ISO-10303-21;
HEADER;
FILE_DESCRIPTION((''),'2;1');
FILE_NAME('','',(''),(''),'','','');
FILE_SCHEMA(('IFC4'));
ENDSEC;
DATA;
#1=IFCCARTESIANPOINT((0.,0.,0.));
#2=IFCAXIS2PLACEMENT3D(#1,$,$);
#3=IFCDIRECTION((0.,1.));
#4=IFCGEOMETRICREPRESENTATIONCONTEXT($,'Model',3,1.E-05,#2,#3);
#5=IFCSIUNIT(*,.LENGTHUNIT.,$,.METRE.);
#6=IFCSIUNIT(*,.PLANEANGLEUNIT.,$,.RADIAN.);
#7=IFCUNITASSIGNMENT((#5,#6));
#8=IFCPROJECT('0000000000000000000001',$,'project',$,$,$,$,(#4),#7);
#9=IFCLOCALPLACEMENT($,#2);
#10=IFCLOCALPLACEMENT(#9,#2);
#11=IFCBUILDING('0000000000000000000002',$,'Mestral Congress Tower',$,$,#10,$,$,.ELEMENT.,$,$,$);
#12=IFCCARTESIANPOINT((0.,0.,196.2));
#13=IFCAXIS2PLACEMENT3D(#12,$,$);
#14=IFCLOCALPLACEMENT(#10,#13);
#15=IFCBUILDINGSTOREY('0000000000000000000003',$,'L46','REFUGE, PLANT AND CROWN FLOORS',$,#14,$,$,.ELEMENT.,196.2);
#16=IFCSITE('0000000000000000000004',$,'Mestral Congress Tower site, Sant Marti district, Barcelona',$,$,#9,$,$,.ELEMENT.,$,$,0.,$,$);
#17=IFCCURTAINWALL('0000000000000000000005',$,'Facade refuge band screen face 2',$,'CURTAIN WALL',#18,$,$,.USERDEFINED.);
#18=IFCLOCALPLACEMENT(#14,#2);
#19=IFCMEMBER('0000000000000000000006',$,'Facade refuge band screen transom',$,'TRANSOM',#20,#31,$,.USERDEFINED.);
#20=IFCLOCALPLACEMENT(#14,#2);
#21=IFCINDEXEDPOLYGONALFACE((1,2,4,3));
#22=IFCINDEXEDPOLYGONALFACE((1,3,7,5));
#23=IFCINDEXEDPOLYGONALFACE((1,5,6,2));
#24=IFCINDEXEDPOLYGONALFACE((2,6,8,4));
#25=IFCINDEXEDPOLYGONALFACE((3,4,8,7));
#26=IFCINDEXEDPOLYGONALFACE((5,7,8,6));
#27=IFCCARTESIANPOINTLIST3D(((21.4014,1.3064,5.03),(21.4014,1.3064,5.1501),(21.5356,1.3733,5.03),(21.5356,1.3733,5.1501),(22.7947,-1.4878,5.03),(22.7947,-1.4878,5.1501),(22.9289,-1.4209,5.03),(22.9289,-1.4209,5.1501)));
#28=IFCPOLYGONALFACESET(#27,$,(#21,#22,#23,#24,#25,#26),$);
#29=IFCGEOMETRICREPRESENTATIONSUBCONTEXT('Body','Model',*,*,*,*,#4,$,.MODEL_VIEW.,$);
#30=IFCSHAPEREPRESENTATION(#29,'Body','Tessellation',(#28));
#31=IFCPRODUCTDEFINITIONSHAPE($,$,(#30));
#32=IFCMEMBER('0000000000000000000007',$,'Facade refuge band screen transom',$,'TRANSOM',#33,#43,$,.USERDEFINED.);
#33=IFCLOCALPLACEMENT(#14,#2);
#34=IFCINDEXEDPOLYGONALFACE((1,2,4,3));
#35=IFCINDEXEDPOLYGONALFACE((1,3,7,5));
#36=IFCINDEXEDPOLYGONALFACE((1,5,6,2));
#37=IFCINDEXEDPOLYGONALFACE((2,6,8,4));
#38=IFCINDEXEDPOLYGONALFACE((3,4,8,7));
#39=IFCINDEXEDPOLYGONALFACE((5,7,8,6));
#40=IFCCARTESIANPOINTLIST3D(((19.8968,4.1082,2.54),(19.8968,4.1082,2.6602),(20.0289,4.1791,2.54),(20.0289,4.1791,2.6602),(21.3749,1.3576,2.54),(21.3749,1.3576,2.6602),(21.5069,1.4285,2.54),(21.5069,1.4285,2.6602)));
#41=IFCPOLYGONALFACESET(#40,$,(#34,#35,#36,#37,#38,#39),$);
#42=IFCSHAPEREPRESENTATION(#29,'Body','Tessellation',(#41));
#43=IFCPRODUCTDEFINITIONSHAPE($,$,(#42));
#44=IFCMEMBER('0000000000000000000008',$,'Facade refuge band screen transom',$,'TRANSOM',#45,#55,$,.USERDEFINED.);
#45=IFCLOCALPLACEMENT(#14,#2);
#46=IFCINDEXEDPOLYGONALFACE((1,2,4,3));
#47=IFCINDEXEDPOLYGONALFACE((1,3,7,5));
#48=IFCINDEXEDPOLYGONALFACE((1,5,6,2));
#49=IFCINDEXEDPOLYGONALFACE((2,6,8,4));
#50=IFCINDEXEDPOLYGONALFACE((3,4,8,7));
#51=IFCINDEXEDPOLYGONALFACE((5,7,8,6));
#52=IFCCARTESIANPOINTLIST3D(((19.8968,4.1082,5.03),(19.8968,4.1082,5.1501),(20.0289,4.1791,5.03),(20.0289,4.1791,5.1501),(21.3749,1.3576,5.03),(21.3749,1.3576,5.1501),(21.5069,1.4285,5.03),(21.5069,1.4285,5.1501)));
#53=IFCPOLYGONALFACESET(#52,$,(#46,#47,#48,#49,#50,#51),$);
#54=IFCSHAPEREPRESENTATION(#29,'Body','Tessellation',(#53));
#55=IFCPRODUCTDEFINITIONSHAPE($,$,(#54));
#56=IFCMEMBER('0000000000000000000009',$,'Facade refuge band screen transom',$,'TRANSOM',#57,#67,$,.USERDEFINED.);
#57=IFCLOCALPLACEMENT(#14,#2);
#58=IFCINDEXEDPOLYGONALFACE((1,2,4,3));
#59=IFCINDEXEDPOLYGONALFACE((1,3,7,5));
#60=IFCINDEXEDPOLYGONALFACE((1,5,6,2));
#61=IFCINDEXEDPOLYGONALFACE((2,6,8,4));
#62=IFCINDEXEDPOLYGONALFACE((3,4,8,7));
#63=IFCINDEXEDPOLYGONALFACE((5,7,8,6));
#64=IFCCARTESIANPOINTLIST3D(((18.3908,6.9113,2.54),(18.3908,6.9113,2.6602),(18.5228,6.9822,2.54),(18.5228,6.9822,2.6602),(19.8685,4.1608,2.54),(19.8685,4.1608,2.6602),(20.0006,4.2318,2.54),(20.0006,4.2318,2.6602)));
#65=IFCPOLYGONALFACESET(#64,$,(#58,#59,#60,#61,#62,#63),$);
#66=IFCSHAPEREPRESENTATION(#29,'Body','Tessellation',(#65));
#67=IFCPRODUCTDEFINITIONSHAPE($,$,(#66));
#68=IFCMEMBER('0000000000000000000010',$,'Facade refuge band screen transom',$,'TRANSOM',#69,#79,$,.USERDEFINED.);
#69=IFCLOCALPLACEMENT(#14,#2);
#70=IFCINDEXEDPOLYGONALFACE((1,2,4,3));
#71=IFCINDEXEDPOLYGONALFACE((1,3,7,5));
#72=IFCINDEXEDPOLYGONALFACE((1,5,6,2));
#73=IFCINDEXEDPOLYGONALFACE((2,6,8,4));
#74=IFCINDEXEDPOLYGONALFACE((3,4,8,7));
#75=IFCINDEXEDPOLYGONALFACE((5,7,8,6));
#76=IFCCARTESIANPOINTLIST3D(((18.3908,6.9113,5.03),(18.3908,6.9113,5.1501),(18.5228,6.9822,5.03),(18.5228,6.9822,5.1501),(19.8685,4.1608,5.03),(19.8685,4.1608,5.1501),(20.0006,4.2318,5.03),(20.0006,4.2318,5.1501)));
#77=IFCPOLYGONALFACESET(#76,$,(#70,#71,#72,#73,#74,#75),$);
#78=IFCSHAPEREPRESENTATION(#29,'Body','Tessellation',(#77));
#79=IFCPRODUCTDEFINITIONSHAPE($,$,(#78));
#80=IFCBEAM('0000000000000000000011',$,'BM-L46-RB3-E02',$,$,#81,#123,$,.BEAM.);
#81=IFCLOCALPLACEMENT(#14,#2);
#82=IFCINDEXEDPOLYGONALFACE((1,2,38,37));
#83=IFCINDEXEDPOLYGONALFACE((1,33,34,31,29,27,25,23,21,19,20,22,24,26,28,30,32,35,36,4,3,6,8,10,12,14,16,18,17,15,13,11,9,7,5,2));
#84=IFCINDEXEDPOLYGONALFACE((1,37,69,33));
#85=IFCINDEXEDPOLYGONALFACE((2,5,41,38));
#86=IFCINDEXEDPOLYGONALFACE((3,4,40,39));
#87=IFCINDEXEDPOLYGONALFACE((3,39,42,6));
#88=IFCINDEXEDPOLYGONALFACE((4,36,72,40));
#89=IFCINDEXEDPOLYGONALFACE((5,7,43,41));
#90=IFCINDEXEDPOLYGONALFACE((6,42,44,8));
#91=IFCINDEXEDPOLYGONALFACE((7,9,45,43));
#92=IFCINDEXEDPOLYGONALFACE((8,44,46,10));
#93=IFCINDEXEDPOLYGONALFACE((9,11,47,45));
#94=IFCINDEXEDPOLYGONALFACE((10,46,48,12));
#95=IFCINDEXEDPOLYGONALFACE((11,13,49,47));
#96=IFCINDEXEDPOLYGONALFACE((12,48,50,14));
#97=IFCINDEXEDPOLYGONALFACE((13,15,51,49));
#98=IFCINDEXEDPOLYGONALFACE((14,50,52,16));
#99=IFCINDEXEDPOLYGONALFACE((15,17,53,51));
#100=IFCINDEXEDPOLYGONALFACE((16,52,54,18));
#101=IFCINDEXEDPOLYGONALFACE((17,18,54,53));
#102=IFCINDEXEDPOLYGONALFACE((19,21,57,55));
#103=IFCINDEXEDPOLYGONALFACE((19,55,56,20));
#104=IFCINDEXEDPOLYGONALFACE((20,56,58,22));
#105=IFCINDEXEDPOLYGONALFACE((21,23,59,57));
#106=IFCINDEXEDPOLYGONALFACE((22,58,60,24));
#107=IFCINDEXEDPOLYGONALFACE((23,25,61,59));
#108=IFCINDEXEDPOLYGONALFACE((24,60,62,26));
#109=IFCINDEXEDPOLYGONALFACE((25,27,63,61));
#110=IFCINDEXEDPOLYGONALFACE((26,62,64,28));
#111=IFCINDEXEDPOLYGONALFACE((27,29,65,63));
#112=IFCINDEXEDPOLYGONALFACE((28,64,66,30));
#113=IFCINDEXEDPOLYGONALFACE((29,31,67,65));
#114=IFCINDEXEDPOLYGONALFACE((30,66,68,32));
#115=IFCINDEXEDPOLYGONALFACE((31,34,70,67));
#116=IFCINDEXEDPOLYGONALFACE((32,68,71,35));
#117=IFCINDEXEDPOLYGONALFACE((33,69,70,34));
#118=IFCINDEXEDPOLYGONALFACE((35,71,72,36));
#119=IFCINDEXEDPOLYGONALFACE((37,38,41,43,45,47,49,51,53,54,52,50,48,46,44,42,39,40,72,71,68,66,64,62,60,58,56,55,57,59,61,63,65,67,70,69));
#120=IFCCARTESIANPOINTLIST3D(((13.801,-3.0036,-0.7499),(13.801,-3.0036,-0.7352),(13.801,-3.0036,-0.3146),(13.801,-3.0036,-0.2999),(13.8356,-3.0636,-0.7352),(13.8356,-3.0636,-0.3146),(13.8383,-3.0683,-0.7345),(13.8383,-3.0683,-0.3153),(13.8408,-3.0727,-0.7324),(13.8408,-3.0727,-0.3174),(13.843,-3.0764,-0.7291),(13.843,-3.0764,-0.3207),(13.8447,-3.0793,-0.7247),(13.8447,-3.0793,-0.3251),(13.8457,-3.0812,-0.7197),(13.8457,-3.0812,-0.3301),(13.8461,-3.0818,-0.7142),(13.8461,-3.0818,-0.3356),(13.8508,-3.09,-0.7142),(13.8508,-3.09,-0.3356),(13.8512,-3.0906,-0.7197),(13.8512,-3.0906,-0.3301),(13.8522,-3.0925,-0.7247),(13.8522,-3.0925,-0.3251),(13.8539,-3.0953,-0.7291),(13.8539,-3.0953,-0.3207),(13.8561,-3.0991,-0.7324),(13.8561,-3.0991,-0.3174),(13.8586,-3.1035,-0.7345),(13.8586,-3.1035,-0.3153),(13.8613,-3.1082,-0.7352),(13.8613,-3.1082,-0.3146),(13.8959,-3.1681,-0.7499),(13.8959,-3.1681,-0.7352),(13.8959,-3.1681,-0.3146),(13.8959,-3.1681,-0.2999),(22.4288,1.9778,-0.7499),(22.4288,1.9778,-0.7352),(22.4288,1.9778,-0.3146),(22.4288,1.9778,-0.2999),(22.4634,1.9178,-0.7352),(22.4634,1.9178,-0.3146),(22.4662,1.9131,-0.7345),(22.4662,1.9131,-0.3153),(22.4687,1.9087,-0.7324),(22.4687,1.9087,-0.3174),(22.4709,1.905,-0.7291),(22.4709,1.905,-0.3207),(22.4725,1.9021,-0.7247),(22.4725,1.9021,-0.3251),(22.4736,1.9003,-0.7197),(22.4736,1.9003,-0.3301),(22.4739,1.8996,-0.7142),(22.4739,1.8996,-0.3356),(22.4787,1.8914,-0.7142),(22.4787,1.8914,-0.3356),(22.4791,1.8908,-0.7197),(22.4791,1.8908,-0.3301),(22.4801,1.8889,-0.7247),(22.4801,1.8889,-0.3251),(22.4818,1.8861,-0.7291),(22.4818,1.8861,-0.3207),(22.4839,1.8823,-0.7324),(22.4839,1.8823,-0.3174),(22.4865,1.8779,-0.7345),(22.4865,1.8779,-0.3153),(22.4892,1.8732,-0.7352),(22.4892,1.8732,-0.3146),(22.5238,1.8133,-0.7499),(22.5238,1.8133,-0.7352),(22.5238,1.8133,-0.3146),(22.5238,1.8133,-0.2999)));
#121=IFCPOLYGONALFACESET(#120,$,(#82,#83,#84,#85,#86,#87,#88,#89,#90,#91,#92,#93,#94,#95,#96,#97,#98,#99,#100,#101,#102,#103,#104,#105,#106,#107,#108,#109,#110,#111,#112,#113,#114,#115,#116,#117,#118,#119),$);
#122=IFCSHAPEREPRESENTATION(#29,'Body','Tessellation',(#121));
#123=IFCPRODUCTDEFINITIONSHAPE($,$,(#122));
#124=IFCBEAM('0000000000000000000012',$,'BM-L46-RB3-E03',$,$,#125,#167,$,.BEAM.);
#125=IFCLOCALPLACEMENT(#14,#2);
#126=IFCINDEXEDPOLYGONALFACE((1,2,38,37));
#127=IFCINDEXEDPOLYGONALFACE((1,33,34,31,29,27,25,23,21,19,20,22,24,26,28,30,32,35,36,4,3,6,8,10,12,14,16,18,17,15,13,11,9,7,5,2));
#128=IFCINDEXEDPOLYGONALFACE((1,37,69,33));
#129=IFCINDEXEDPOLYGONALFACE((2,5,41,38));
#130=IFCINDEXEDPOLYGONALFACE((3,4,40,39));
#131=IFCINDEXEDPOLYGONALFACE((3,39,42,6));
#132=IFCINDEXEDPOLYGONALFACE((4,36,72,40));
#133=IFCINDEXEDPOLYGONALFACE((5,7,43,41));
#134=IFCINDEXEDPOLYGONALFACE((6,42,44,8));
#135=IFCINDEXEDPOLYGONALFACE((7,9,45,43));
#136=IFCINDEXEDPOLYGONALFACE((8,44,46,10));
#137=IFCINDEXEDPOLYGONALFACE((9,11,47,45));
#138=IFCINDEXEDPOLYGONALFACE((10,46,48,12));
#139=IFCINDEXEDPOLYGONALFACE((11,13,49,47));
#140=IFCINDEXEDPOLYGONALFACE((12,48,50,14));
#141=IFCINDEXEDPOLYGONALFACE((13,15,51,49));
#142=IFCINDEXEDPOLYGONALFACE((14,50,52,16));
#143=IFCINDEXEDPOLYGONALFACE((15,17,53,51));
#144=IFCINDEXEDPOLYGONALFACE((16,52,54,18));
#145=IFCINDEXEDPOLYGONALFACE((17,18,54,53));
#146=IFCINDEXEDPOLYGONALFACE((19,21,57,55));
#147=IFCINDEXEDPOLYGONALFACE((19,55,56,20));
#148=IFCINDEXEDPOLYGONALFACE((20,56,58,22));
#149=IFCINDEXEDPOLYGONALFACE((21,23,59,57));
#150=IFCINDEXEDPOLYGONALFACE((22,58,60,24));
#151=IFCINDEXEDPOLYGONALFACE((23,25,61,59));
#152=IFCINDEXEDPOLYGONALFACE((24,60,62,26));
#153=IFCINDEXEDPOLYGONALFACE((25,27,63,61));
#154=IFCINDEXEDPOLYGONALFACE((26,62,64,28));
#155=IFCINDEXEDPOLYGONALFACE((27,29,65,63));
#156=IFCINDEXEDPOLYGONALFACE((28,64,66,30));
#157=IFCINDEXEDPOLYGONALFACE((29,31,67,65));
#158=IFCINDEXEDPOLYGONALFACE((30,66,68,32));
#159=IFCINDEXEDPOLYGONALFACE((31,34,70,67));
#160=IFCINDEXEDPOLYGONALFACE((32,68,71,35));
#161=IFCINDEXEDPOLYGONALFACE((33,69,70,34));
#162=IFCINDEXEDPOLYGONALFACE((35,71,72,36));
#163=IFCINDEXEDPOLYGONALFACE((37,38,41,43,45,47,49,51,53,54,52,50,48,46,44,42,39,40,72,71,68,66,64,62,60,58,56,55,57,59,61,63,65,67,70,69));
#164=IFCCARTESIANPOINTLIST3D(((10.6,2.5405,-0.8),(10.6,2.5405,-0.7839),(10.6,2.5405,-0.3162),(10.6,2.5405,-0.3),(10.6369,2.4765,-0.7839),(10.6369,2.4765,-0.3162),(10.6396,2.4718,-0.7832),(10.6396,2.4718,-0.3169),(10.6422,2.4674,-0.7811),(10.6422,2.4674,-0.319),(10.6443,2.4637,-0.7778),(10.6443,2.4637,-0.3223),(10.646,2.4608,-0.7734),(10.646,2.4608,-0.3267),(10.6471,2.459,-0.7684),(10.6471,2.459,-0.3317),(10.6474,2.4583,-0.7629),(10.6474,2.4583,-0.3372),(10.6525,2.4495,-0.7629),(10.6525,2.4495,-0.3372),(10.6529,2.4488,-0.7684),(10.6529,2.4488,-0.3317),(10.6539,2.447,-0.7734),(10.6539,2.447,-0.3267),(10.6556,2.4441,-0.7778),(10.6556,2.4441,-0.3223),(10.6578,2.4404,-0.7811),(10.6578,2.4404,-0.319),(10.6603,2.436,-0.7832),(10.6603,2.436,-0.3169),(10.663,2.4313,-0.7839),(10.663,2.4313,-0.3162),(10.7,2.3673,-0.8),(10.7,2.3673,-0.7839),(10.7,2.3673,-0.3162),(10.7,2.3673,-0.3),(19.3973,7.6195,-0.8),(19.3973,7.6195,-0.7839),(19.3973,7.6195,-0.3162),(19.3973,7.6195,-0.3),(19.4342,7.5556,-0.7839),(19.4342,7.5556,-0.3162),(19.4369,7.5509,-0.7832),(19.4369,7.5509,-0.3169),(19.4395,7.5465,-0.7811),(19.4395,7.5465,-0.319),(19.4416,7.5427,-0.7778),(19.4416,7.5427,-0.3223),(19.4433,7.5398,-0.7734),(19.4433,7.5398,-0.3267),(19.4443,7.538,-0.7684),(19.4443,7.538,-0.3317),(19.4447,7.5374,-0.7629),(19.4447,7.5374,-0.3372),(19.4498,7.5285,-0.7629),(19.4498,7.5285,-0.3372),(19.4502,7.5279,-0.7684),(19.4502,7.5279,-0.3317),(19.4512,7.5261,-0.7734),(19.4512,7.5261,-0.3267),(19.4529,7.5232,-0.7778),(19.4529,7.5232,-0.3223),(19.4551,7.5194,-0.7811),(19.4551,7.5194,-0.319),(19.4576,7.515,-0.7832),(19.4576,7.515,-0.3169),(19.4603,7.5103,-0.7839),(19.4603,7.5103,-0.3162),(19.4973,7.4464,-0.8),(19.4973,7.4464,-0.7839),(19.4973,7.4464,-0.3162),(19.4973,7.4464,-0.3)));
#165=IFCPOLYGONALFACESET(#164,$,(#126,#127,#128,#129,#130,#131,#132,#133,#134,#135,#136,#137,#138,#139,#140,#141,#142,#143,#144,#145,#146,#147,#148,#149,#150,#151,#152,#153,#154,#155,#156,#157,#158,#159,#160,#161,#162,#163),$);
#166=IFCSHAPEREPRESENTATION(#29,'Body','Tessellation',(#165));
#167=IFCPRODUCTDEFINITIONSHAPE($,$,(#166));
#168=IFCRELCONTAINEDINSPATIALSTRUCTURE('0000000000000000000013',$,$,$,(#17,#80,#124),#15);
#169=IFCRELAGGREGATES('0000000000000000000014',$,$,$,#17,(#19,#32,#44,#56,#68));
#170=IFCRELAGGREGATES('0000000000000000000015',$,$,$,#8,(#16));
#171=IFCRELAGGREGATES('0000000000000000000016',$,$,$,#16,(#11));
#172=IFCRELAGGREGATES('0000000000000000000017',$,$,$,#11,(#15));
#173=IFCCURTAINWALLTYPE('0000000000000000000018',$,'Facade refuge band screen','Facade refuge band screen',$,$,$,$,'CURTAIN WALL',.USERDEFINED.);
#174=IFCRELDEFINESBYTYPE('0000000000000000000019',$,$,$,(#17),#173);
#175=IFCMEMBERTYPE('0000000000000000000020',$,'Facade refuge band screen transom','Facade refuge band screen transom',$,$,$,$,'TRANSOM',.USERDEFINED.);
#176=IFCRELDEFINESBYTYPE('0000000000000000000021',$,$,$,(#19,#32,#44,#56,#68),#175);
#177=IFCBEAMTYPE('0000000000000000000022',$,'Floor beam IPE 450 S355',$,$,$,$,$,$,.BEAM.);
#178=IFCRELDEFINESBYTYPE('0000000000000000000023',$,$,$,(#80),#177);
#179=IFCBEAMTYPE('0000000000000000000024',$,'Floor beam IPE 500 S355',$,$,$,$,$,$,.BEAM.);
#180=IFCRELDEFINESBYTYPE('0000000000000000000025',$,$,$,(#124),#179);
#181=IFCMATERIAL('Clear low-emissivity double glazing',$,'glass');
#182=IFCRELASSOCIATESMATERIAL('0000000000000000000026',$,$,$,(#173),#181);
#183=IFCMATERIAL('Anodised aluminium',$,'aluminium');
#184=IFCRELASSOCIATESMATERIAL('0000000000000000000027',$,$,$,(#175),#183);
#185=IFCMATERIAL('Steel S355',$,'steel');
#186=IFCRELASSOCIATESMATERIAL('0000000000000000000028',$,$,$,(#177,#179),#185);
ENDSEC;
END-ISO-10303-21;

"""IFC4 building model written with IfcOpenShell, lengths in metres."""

from ifc_helpers import new_model, si_unit, direction, frame, origin, origin_2d, place, context, subcontext, project, spatial, rectangle, i_section, extrude, material, material_profile, profile_set, type_object, element, aggregate, save


model = new_model("IFC4")

# Units and contexts
model_context = context("Model", 3, precision=1e-05, world=origin(), true_north=direction((0.0, 1.0)))
body_context = subcontext(model_context, "Body", "Model", "MODEL_VIEW")
ifc_project = project(units=[si_unit("LENGTHUNIT", "METRE"), si_unit("PLANEANGLEUNIT", "RADIAN")], contexts=[model_context])

# Site, building, storey
site_placement = place(None, origin())
site = spatial("IfcSite", under=ifc_project, at=site_placement, Name="Mestral Congress Tower site, Sant Marti district, Barcelona", CompositionType="ELEMENT", RefElevation=0.0)
building_placement = place(site_placement, origin())
building = spatial("IfcBuilding", under=site, at=building_placement, Name="Mestral Congress Tower", CompositionType="ELEMENT")
storey_placement = place(building_placement, frame((0.0, 0.0, 196.2)))
storey = spatial("IfcBuildingStorey", under=building, at=storey_placement, Name="L46", Description="REFUGE, PLANT AND CROWN FLOORS", CompositionType="ELEMENT", Elevation=196.2)

# Shared definitions
ifc_material_1 = material(Name="Steel S355", Category="steel")

# Curtain wall, members
ifc_material_2 = material(Name="Clear low-emissivity double glazing", Category="glass")
curtain_wall_type = type_object("IfcCurtainWallType", Name="Facade refuge band screen", Description="Facade refuge band screen", ElementType="CURTAIN WALL", PredefinedType="USERDEFINED", material=ifc_material_2)
curtain_wall_placement = place(storey_placement, origin())
curtain_wall = element("IfcCurtainWall", 1, at=curtain_wall_placement, inside=storey, type_object=curtain_wall_type, Name="Facade refuge band screen face 2", ObjectType="CURTAIN WALL", PredefinedType="USERDEFINED")
ifc_material_3 = material(Name="Anodised aluminium", Category="aluminium")
ifc_material_profile_1 = material_profile(ifc_material_3, rectangle(XDim=0.1499, YDim=0.1201, at=origin_2d()), Name="CW3 transom 150 x 120")
ifc_profile_set_1 = profile_set([ifc_material_profile_1], Name="Anodised aluminium")
member_type_1 = type_object("IfcMemberType", Name="Facade refuge band screen transom", Description="Facade refuge band screen transom", ElementType="TRANSOM", PredefinedType="USERDEFINED", material=ifc_profile_set_1)
member_1_placement = place(storey_placement, frame((22.8618, -1.4543, 5.0901), z_axis=(-0.446244, 0.894911, 0.0), x_axis=(-0.894911, -0.446244, 0.0)))
member_1 = element("IfcMember", 2, at=member_1_placement, type_object=member_type_1, Name="Facade refuge band screen transom", ObjectType="TRANSOM", PredefinedType="USERDEFINED", context=body_context, shape_type="SweptSolid", body=[
    extrude(rectangle(XDim=0.1499, YDim=0.1201, at=origin_2d()), origin(), (0.0, 0.0, 1.0), 3.1223),
])
member_2_placement = place(storey_placement, frame((21.4409, 1.3931, 2.6001), z_axis=(-0.473354, 0.880872, 0.0), x_axis=(-0.880872, -0.473354, 0.0)))
member_2 = element("IfcMember", 3, at=member_2_placement, type_object=member_type_1, Name="Facade refuge band screen transom", ObjectType="TRANSOM", PredefinedType="USERDEFINED", context=body_context, shape_type="SweptSolid", body=[
    extrude(rectangle(XDim=0.1499, YDim=0.1201, at=origin_2d()), origin(), (0.0, 0.0, 1.0), 3.1226),
])
member_3_placement = place(storey_placement, frame((21.4409, 1.3931, 5.0901), z_axis=(-0.473354, 0.880872, 0.0), x_axis=(-0.880872, -0.473354, 0.0)))
member_3 = element("IfcMember", 4, at=member_3_placement, type_object=member_type_1, Name="Facade refuge band screen transom", ObjectType="TRANSOM", PredefinedType="USERDEFINED", context=body_context, shape_type="SweptSolid", body=[
    extrude(rectangle(XDim=0.1499, YDim=0.1201, at=origin_2d()), origin(), (0.0, 0.0, 1.0), 3.1226),
])
member_4_placement = place(storey_placement, frame((19.9346, 4.1963, 2.6001), z_axis=(-0.473293, 0.880905, 0.0), x_axis=(-0.880905, -0.473293, 0.0)))
member_4 = element("IfcMember", 5, at=member_4_placement, type_object=member_type_1, Name="Facade refuge band screen transom", ObjectType="TRANSOM", PredefinedType="USERDEFINED", context=body_context, shape_type="SweptSolid", body=[
    extrude(rectangle(XDim=0.1499, YDim=0.1201, at=origin_2d()), origin(), (0.0, 0.0, 1.0), 3.1223),
])
member_5_placement = place(storey_placement, frame((19.9346, 4.1963, 5.0901), z_axis=(-0.473293, 0.880905, 0.0), x_axis=(-0.880905, -0.473293, 0.0)))
member_5 = element("IfcMember", 6, at=member_5_placement, type_object=member_type_1, Name="Facade refuge band screen transom", ObjectType="TRANSOM", PredefinedType="USERDEFINED", context=body_context, shape_type="SweptSolid", body=[
    extrude(rectangle(XDim=0.1499, YDim=0.1201, at=origin_2d()), origin(), (0.0, 0.0, 1.0), 3.1223),
])

# Beams
ifc_material_profile_2 = material_profile(ifc_material_1, i_section(OverallWidth=0.1899, OverallDepth=0.45, WebThickness=0.0095, FlangeThickness=0.0146, FilletRadius=0.021, at=origin_2d()), Name="IPE 450")
ifc_profile_set_2 = profile_set([ifc_material_profile_2], Name="Steel S355")
beam_type_1 = type_object("IfcBeamType", Name="Floor beam IPE 450 S355", PredefinedType="BEAM", material=ifc_profile_set_2)
beam_1_placement = place(storey_placement, frame((22.4763, 1.8955, -0.5249), z_axis=(-0.866021, -0.500008, 0.0), x_axis=(0.500008, -0.866021, 0.0)))
element("IfcBeam", 7, at=beam_1_placement, inside=storey, type_object=beam_type_1, Name="BM-L46-RB3-E02", PredefinedType="BEAM", context=body_context, shape_type="SweptSolid", body=[
    extrude(i_section(OverallWidth=0.1899, OverallDepth=0.45, WebThickness=0.0095, FlangeThickness=0.0146, FilletRadius=0.021, at=origin_2d()), origin(), (0.0, 0.0, 1.0), 9.9626),
])
ifc_material_profile_3 = material_profile(ifc_material_1, i_section(OverallWidth=0.2, OverallDepth=0.5, WebThickness=0.0103, FlangeThickness=0.0161, FilletRadius=0.021, at=origin_2d()), Name="IPE 500")
ifc_profile_set_3 = profile_set([ifc_material_profile_3], Name="Steel S355")
beam_type_2 = type_object("IfcBeamType", Name="Floor beam IPE 500 S355", PredefinedType="BEAM", material=ifc_profile_set_3)
beam_2_placement = place(storey_placement, frame((19.4473, 7.533, -0.55), z_axis=(-0.866028, -0.499996, 0.0), x_axis=(0.499996, -0.866028, 0.0)))
element("IfcBeam", 8, at=beam_2_placement, inside=storey, type_object=beam_type_2, Name="BM-L46-RB3-E03", PredefinedType="BEAM", context=body_context, shape_type="SweptSolid", body=[
    extrude(i_section(OverallWidth=0.2, OverallDepth=0.5, WebThickness=0.0103, FlangeThickness=0.0161, FilletRadius=0.021, at=origin_2d()), origin(), (0.0, 0.0, 1.0), 10.1582),
])

aggregate(curtain_wall, [member_1, member_2, member_3, member_4, member_5])

save(model, "model.ifc")
